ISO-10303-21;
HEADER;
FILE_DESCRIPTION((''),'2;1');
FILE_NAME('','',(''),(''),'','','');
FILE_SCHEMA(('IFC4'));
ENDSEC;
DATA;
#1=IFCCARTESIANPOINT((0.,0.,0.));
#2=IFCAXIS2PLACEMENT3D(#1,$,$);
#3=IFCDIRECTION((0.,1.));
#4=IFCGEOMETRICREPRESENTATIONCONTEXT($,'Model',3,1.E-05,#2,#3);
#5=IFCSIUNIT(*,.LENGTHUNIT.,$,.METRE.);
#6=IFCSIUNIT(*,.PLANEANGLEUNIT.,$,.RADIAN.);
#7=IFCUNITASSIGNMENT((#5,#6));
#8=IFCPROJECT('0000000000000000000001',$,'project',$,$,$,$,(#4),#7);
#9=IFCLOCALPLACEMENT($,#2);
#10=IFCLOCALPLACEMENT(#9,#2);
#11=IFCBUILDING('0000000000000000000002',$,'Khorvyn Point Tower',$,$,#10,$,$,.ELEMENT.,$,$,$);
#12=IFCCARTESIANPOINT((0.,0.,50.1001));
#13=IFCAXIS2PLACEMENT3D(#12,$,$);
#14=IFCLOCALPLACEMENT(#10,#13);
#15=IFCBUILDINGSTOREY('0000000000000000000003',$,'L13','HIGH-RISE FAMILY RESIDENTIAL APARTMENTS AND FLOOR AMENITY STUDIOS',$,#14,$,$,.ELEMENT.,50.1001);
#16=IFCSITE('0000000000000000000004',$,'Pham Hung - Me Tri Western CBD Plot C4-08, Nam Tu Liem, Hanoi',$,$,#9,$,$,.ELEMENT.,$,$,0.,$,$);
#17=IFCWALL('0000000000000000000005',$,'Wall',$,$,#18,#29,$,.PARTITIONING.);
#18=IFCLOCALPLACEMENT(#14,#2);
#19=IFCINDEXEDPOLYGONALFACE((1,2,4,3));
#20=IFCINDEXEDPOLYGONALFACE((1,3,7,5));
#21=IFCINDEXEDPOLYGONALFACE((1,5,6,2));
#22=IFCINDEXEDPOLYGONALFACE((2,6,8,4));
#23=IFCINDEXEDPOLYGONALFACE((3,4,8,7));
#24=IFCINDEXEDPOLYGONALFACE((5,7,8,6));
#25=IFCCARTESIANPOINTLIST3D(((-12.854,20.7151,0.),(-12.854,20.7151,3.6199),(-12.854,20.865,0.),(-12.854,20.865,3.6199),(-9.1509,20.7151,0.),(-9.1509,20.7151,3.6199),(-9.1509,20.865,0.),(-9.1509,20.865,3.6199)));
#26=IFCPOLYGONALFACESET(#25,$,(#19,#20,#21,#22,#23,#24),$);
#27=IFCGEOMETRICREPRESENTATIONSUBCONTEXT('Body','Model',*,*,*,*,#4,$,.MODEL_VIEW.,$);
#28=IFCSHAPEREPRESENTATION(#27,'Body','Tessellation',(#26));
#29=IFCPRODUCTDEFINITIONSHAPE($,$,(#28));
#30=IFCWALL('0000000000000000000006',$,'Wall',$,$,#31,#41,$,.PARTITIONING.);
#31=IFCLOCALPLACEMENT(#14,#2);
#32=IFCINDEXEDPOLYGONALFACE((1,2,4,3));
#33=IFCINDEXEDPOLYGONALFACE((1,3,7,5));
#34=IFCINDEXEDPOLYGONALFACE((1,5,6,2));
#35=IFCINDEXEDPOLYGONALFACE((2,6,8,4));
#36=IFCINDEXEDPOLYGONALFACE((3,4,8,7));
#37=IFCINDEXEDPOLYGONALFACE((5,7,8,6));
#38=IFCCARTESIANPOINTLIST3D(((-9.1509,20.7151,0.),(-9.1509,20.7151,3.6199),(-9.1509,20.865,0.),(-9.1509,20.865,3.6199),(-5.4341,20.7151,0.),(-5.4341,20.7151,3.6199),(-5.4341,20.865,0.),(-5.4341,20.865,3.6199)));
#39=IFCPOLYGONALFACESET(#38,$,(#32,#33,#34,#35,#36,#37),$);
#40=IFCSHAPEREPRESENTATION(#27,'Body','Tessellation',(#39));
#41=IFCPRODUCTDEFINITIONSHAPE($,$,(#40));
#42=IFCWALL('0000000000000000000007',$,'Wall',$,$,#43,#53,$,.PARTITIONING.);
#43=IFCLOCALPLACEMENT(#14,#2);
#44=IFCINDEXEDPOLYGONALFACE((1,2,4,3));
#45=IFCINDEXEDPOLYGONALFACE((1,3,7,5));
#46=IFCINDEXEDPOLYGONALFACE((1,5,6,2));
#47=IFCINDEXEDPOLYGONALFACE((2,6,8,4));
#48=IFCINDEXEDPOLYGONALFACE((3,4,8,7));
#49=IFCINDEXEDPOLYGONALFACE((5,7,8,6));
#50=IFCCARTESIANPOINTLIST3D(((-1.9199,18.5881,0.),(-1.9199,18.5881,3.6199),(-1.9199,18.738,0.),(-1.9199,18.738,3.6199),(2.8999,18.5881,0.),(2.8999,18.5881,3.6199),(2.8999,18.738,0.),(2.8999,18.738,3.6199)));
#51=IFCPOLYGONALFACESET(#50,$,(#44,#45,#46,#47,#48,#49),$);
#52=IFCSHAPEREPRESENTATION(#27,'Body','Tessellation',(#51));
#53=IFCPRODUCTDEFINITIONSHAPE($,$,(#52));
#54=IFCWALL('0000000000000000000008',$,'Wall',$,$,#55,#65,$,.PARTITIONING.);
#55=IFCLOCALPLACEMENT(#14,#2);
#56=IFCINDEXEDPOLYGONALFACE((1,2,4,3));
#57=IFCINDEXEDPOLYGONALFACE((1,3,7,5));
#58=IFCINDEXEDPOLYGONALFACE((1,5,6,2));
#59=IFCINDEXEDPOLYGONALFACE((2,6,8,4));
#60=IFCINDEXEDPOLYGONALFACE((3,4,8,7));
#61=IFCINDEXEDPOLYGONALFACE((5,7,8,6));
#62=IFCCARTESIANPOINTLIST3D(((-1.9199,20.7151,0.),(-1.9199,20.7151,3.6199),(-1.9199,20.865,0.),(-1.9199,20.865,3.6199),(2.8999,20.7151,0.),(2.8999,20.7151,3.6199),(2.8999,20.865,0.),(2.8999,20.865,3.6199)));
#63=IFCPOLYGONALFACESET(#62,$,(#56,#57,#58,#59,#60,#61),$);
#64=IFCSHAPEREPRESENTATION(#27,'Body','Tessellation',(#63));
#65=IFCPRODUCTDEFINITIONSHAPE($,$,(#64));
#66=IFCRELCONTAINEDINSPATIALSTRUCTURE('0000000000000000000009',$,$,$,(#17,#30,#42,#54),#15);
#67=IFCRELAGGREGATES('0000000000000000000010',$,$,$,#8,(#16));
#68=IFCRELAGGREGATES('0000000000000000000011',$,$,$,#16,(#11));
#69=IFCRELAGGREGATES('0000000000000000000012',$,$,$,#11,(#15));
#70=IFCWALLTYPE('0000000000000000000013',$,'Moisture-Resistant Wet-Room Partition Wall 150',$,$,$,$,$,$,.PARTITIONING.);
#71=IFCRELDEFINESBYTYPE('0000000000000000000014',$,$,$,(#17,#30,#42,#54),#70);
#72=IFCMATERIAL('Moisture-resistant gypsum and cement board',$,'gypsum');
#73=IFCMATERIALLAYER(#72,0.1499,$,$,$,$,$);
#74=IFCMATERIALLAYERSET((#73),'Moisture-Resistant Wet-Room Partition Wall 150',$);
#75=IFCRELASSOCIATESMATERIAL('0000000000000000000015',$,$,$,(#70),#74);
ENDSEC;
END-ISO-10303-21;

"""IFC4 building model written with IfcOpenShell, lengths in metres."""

from ifc_helpers import new_model, si_unit, direction, frame, frame_2d, origin, place, context, subcontext, project, spatial, rectangle, extrude, material, layer, layer_set, type_object, element, save


model = new_model("IFC4")

# Units and contexts
model_context = context("Model", 3, precision=1e-05, world=origin(), true_north=direction((0.0, 1.0)))
body_context = subcontext(model_context, "Body", "Model", "MODEL_VIEW")
ifc_project = project(units=[si_unit("LENGTHUNIT", "METRE"), si_unit("PLANEANGLEUNIT", "RADIAN")], contexts=[model_context])

# Site, building, storey
site_placement = place(None, origin())
site = spatial("IfcSite", under=ifc_project, at=site_placement, Name="Pham Hung - Me Tri Western CBD Plot C4-08, Nam Tu Liem, Hanoi", CompositionType="ELEMENT", RefElevation=0.0)
building_placement = place(site_placement, origin())
building = spatial("IfcBuilding", under=site, at=building_placement, Name="Khorvyn Point Tower", CompositionType="ELEMENT")
storey_placement = place(building_placement, frame((0.0, 0.0, 50.1001)))
storey = spatial("IfcBuildingStorey", under=building, at=storey_placement, Name="L13", Description="HIGH-RISE FAMILY RESIDENTIAL APARTMENTS AND FLOOR AMENITY STUDIOS", CompositionType="ELEMENT", Elevation=50.1001)

# Shared definitions
ifc_material_1 = material(Name="Moisture-resistant gypsum and cement board", Category="gypsum")
ifc_layer_1 = layer(ifc_material_1, 0.1499)
ifc_layer_set_1 = layer_set([ifc_layer_1], Name="Moisture-Resistant Wet-Room Partition Wall 150")
wall_type_1 = type_object("IfcWallType", Name="Moisture-Resistant Wet-Room Partition Wall 150", PredefinedType="PARTITIONING", material=ifc_layer_set_1)

# Walls
for number, where, z_axis, x_axis, name in (
    (1, (-12.854, 20.79, 0.0), (0.0, 0.0, 1.0), (1.0, 0.0, 0.0), "Wall"),
):
    element("IfcWall", number, at=place(storey_placement, frame(where, z_axis=z_axis, x_axis=x_axis)), inside=storey, type_object=wall_type_1, Name=name, PredefinedType="PARTITIONING", context=body_context, shape_type="SweptSolid", body=[
        extrude(rectangle(XDim=3.7031, YDim=0.1499, at=frame_2d((1.8516, 0.0))), origin(), (0.0, 0.0, 1.0), 3.6199),
    ])
wall_1_placement = place(storey_placement, frame((-9.1509, 20.79, 0.0), z_axis=(0.0, 0.0, 1.0), x_axis=(1.0, 0.0, 0.0)))
element("IfcWall", 2, at=wall_1_placement, inside=storey, type_object=wall_type_1, Name="Wall", PredefinedType="PARTITIONING", context=body_context, shape_type="SweptSolid", body=[
    extrude(rectangle(XDim=3.7168, YDim=0.1499, at=frame_2d((1.8584, 0.0))), origin(), (0.0, 0.0, 1.0), 3.6199),
])
for number, where, z_axis, x_axis, name in (
    (3, (-1.9199, 18.6631, 0.0), (0.0, 0.0, 1.0), (1.0, 0.0, 0.0), "Wall"),
    (4, (-1.9199, 20.79, 0.0), (0.0, 0.0, 1.0), (1.0, 0.0, 0.0), "Wall"),
):
    element("IfcWall", number, at=place(storey_placement, frame(where, z_axis=z_axis, x_axis=x_axis)), inside=storey, type_object=wall_type_1, Name=name, PredefinedType="PARTITIONING", context=body_context, shape_type="SweptSolid", body=[
        extrude(rectangle(XDim=4.8198, YDim=0.1499, at=frame_2d((2.4099, 0.0))), origin(), (0.0, 0.0, 1.0), 3.6199),
    ])

save(model, "model.ifc")
